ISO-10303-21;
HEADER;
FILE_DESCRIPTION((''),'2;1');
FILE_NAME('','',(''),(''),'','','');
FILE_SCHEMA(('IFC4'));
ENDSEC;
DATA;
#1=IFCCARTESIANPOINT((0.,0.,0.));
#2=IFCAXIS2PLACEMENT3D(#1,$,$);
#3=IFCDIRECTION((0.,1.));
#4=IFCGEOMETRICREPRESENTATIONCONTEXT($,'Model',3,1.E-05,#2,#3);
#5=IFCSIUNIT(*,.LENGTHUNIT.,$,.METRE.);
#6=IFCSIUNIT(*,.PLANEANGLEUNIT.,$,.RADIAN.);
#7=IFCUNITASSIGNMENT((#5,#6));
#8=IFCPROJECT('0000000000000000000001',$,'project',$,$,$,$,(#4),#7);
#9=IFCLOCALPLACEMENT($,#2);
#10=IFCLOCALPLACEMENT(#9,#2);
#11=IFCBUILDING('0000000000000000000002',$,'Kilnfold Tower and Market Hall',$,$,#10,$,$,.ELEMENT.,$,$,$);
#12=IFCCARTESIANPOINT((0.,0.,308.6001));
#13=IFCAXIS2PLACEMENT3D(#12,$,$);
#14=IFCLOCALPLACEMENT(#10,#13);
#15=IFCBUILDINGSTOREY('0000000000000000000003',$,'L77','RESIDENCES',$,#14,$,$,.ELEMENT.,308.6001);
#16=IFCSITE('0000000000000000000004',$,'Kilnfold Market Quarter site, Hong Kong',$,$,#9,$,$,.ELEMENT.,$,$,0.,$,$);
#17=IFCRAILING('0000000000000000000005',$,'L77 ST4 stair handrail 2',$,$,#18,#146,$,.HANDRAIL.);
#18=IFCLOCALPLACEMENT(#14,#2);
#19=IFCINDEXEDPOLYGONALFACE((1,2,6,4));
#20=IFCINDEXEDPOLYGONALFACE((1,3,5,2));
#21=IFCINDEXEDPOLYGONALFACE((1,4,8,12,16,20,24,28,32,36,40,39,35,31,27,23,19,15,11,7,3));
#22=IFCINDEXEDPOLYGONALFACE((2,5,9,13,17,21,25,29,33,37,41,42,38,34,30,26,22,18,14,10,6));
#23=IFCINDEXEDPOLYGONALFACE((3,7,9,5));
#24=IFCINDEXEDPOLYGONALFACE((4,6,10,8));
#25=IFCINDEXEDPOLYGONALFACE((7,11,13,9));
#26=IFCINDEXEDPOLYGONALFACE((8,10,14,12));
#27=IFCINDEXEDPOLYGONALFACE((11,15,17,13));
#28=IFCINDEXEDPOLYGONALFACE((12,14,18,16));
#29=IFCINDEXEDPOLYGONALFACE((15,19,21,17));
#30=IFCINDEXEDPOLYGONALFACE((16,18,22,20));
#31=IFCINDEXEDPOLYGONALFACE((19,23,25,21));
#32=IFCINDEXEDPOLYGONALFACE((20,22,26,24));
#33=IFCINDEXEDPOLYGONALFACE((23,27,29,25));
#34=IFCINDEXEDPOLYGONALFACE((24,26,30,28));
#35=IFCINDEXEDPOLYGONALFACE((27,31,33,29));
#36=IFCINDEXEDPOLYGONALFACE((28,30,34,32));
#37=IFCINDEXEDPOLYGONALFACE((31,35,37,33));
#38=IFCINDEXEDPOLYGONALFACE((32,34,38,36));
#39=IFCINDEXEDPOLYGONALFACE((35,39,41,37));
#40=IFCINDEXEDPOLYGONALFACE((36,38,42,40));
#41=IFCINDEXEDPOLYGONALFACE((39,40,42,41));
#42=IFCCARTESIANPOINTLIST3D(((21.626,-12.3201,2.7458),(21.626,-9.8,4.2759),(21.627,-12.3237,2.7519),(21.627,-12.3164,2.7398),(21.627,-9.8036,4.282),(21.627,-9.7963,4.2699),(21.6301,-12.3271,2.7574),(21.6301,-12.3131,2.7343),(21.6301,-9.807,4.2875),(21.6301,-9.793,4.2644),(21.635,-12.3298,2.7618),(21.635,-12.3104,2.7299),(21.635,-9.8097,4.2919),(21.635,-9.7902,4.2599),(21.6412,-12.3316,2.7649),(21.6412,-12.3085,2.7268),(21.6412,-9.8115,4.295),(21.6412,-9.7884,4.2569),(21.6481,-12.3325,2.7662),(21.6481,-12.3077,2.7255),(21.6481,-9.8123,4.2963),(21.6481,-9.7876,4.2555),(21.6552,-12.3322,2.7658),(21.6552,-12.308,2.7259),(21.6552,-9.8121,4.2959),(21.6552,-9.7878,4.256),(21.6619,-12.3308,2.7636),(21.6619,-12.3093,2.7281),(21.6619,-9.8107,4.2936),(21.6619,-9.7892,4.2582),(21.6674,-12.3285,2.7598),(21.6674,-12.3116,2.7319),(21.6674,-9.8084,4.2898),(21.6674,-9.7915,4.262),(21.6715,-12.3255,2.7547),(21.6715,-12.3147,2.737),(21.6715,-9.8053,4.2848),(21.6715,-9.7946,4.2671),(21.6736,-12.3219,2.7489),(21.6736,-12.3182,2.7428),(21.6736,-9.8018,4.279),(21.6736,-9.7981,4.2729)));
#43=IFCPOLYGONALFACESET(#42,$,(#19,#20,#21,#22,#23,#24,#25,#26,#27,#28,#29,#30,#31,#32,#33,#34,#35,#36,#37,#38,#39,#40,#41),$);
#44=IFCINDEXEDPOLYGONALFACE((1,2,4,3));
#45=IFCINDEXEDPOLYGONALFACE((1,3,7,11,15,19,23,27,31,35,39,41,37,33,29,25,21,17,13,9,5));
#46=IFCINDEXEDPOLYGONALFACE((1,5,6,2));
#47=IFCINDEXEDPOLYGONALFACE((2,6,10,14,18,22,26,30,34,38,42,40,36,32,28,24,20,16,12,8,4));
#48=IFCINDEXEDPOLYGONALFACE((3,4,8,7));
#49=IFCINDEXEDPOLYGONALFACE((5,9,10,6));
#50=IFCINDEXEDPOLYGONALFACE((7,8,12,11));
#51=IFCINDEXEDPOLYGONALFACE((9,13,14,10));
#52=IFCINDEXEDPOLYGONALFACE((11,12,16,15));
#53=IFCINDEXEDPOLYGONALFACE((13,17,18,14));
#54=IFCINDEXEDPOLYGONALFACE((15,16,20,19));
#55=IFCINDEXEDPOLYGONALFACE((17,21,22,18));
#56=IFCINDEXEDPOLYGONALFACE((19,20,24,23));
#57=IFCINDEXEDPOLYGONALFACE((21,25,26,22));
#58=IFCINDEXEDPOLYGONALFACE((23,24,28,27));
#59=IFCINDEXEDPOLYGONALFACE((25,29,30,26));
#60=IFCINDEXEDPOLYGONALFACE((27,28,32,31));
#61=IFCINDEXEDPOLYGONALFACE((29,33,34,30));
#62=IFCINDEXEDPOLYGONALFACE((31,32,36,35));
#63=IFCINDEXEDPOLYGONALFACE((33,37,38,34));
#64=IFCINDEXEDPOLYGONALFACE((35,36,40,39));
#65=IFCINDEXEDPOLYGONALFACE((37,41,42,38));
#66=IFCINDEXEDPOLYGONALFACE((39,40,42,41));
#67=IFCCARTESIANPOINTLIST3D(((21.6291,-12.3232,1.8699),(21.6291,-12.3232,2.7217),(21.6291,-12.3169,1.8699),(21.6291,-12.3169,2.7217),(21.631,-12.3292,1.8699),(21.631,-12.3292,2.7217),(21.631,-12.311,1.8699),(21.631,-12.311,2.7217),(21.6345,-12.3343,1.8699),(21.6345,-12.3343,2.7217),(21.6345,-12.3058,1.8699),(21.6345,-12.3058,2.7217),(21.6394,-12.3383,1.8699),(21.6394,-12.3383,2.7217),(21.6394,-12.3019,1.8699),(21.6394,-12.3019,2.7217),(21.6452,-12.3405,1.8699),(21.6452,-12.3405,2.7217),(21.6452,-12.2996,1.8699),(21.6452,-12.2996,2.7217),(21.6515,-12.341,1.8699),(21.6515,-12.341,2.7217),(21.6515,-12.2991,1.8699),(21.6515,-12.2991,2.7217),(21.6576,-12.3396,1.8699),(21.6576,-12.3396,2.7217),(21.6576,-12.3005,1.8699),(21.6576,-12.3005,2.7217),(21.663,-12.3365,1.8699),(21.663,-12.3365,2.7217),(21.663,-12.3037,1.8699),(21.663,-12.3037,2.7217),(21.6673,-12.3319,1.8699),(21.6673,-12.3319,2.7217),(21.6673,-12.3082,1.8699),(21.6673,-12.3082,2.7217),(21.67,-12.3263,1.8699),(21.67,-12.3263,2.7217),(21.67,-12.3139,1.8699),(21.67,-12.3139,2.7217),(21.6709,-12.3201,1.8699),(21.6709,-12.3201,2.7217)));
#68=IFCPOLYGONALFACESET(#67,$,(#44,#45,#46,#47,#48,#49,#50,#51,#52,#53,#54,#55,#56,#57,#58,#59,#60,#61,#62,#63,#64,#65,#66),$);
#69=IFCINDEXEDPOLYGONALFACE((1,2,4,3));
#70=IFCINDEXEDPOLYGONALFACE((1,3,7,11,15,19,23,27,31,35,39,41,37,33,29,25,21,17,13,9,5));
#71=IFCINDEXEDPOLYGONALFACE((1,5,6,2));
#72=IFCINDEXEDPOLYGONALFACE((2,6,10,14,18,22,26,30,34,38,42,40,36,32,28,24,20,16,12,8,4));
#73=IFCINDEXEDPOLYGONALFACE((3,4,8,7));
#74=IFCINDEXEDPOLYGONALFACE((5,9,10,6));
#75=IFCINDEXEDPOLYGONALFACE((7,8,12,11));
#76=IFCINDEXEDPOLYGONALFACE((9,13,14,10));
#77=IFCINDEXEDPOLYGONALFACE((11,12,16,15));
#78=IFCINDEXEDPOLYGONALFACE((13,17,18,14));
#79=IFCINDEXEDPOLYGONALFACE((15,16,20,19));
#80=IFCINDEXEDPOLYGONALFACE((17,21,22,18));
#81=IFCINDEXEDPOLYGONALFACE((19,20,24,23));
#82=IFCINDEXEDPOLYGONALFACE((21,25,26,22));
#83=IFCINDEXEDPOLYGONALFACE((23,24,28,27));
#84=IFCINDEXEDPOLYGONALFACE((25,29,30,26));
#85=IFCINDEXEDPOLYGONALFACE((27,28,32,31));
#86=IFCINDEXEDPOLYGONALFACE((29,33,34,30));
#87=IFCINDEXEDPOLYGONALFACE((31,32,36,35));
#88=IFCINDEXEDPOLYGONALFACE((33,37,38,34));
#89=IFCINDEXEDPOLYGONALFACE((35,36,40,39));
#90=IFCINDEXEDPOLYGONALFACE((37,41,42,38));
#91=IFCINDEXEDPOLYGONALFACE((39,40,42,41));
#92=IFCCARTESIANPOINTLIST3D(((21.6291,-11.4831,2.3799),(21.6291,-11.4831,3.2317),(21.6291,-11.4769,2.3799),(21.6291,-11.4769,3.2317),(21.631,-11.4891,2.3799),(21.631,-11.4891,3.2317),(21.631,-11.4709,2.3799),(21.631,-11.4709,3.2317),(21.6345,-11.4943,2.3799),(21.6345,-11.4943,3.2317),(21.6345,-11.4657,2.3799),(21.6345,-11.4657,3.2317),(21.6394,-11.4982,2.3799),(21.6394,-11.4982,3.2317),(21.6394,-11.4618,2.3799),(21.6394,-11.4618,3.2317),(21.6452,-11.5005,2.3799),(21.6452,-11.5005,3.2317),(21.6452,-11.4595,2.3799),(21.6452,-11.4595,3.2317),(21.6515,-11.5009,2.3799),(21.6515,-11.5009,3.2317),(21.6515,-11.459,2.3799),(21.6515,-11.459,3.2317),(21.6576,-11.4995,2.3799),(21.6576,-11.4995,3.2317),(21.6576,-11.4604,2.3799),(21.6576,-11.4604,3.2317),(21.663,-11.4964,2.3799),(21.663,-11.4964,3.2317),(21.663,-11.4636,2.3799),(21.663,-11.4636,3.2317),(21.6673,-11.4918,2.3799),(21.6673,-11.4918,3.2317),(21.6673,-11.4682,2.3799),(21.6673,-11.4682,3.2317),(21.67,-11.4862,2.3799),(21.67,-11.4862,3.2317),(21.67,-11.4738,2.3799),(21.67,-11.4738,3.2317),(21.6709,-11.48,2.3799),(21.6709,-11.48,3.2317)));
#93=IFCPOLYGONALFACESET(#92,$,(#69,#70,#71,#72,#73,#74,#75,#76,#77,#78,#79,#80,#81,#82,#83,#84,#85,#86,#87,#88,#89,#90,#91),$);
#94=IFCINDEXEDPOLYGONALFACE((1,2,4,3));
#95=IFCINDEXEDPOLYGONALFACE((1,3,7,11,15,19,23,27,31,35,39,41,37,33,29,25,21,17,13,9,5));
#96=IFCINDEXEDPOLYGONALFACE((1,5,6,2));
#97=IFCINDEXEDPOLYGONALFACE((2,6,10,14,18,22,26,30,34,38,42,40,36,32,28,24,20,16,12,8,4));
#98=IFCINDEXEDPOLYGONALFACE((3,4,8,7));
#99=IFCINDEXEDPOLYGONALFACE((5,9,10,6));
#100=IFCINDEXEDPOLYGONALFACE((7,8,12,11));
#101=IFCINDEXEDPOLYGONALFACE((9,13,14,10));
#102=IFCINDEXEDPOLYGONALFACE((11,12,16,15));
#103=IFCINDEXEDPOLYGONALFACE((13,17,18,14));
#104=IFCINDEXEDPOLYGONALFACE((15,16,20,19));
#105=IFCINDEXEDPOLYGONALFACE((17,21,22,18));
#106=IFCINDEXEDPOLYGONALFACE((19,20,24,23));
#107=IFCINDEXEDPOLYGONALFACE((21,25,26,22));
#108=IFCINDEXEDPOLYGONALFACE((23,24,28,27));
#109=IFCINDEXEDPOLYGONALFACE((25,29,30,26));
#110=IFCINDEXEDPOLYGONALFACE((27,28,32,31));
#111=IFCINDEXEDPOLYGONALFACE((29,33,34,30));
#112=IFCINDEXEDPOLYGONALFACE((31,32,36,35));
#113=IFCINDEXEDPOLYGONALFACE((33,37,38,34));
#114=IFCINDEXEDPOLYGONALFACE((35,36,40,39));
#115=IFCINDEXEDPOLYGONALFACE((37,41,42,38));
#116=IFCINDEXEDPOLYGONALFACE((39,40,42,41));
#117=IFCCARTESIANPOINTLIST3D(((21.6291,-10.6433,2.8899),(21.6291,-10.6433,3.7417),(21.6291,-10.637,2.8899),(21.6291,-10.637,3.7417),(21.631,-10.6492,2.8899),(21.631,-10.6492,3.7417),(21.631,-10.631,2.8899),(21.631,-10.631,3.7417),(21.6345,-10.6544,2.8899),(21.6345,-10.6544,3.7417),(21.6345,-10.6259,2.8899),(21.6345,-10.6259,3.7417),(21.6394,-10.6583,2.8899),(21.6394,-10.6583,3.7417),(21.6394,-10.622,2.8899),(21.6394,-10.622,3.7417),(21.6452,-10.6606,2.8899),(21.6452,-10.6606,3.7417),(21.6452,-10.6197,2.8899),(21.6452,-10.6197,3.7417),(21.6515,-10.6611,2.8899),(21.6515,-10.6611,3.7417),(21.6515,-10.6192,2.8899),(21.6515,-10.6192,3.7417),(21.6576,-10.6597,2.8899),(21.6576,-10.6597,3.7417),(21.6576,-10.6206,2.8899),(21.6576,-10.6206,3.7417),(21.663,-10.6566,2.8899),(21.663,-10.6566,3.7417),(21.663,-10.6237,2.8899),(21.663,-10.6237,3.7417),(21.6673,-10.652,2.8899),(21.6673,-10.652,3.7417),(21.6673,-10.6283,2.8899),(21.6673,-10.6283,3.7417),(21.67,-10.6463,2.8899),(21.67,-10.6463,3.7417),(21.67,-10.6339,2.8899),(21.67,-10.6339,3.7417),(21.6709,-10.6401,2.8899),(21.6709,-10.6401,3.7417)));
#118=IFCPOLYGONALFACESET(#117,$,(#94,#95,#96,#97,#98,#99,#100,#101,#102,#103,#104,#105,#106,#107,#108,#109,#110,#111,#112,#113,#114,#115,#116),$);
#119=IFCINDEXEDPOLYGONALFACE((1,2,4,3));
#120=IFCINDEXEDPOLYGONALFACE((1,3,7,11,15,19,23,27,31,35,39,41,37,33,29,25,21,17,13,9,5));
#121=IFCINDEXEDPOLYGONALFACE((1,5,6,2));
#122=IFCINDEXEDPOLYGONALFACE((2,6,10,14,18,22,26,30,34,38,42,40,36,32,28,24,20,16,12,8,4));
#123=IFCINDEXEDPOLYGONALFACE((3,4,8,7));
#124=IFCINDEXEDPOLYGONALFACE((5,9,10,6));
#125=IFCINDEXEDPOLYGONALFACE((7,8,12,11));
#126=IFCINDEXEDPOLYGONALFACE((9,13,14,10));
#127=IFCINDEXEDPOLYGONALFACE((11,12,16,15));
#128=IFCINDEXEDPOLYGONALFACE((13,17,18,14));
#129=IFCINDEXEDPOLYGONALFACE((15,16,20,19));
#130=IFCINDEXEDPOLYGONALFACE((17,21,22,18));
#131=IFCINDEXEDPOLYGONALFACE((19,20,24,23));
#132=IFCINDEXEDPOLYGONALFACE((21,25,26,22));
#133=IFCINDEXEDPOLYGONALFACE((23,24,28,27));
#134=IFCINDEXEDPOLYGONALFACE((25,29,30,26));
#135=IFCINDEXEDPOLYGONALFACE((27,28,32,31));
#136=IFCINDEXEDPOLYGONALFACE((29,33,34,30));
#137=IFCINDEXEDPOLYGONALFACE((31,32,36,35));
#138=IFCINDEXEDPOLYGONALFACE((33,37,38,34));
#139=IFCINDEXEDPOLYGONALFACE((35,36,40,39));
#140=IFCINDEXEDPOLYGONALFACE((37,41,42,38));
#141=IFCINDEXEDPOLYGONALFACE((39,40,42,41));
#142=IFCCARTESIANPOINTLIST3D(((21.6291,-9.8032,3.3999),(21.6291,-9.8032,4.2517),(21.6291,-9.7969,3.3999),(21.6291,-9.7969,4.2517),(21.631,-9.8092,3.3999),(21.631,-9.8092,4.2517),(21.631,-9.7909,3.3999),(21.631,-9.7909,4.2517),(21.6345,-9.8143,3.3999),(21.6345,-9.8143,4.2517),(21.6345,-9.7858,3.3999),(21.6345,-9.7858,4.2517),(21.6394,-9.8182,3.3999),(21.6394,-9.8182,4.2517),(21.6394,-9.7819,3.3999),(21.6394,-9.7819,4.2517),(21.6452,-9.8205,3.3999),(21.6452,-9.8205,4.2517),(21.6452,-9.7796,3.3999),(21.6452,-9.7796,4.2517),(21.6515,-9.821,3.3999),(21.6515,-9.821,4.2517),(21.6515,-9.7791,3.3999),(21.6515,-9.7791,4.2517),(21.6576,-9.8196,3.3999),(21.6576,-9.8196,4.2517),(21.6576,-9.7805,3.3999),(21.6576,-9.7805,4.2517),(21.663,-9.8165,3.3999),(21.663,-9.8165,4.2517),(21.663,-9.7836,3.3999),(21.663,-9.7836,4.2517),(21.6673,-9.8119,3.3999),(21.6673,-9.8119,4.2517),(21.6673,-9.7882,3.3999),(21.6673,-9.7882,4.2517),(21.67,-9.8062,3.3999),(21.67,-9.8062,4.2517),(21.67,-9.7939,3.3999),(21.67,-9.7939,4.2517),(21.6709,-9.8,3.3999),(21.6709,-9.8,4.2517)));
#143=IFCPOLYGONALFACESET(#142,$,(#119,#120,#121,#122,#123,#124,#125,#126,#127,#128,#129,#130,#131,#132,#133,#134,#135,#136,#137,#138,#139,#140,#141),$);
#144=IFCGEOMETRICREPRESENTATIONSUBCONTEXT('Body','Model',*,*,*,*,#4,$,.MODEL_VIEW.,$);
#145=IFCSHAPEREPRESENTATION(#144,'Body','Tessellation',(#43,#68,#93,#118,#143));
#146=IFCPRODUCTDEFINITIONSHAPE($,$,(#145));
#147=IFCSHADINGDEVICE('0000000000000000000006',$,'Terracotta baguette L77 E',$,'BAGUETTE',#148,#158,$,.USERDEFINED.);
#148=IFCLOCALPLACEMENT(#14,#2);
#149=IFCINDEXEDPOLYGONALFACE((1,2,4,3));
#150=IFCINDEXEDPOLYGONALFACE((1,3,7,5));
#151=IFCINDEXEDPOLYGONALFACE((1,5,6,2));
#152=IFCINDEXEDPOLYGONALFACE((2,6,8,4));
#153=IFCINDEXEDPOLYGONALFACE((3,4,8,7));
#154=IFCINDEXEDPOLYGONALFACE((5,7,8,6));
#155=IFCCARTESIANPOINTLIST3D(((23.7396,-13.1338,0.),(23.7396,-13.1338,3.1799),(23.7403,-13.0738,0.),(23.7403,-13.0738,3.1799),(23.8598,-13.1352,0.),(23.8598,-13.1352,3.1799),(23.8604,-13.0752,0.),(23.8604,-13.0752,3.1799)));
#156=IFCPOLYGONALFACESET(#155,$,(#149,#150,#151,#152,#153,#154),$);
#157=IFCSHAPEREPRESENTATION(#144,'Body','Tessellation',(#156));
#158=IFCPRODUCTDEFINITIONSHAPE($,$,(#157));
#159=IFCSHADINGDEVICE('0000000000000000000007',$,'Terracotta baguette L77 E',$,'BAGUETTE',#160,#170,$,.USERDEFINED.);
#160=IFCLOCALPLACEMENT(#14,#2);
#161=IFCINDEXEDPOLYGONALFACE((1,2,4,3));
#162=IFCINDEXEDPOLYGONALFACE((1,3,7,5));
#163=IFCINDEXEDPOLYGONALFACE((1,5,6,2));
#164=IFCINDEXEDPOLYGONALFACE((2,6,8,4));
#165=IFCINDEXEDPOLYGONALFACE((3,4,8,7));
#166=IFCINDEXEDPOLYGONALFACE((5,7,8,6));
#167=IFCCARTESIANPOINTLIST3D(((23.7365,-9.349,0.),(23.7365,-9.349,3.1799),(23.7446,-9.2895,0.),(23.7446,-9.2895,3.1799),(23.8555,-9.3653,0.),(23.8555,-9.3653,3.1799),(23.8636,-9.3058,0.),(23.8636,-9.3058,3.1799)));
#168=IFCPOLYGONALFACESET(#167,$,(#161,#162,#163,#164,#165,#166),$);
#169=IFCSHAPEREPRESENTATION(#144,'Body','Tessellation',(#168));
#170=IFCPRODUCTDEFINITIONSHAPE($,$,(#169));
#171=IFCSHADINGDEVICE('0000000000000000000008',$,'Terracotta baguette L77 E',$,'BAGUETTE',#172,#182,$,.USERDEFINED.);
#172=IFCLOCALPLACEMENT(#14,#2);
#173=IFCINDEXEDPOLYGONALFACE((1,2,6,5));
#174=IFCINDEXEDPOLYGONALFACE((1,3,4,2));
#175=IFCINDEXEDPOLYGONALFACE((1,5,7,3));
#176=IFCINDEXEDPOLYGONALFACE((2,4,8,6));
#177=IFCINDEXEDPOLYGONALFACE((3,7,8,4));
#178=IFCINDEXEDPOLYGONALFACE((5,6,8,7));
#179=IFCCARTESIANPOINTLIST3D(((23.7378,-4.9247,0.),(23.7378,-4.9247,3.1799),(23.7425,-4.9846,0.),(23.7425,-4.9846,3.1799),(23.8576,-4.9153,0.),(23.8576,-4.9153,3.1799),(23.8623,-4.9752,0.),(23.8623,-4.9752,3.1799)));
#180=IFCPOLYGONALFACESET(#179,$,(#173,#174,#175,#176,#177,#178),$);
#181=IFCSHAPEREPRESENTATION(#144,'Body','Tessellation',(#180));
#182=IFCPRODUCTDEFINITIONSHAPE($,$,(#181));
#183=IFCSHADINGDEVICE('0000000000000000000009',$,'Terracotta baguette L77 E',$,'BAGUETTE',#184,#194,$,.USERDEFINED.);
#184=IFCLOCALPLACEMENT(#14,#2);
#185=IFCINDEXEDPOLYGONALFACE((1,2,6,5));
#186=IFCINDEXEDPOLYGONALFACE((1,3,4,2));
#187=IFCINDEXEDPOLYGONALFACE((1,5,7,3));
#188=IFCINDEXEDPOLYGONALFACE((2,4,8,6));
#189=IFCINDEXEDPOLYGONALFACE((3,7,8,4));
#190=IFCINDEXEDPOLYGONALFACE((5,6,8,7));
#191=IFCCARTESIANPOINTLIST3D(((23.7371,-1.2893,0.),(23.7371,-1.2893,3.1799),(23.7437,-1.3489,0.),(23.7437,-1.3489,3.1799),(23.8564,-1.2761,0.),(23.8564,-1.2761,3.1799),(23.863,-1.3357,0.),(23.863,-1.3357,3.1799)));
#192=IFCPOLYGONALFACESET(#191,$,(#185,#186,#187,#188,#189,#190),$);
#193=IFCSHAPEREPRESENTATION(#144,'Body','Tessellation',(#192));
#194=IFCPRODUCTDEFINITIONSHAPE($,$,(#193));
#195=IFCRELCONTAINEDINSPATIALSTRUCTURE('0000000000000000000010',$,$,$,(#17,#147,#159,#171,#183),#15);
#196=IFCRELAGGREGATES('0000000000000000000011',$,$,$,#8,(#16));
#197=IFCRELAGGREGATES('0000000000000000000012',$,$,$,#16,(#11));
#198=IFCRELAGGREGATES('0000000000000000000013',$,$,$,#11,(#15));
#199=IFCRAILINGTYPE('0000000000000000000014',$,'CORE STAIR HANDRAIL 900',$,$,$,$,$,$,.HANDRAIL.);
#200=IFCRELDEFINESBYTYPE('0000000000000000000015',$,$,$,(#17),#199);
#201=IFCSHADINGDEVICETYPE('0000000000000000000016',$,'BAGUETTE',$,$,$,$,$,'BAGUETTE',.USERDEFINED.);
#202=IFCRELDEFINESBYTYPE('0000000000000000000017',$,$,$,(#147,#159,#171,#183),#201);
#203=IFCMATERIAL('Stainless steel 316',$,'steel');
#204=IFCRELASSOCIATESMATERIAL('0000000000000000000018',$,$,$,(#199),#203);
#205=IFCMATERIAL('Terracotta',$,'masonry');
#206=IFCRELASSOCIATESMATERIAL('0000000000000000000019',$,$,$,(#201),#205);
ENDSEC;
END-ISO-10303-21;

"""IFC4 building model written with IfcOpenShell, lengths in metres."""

from ifc_helpers import new_model, si_unit, direction, frame, origin, origin_2d, place, context, subcontext, project, spatial, rectangle, circle, extrude, source, transform, mapped, material, material_profile, profile_set, type_object, element, save


model = new_model("IFC4")

# Units and contexts
model_context = context("Model", 3, precision=1e-05, world=origin(), true_north=direction((0.0, 1.0)))
body_context = subcontext(model_context, "Body", "Model", "MODEL_VIEW")
ifc_project = project(units=[si_unit("LENGTHUNIT", "METRE"), si_unit("PLANEANGLEUNIT", "RADIAN")], contexts=[model_context])

# Site, building, storey
site_placement = place(None, origin())
site = spatial("IfcSite", under=ifc_project, at=site_placement, Name="Kilnfold Market Quarter site, Hong Kong", CompositionType="ELEMENT", RefElevation=0.0)
building_placement = place(site_placement, origin())
building = spatial("IfcBuilding", under=site, at=building_placement, Name="Kilnfold Tower and Market Hall", CompositionType="ELEMENT")
storey_placement = place(building_placement, frame((0.0, 0.0, 308.6001)))
storey = spatial("IfcBuildingStorey", under=building, at=storey_placement, Name="L77", Description="RESIDENCES", CompositionType="ELEMENT", Elevation=308.6001)

# Railing
ifc_material_1 = material(Name="Stainless steel 316", Category="steel")
railing_type_1 = type_object("IfcRailingType", Name="CORE STAIR HANDRAIL 900", PredefinedType="HANDRAIL", material=ifc_material_1)
railing_1_placement = place(storey_placement, frame((21.6499, -12.3201, 1.8699)))
element("IfcRailing", 1, at=railing_1_placement, inside=storey, type_object=railing_type_1, Name="L77 ST4 stair handrail 2", PredefinedType="HANDRAIL", context=body_context, shape_type="SweptSolid", body=[
    extrude(circle(Radius=0.0239, at=origin_2d()), frame((0.0, 0.0, 0.876), z_axis=(0.0, 0.854785, 0.518982), x_axis=(-1.0, 0.0, 0.0)), (0.0, 0.0, 1.0), 2.9482),
    extrude(circle(Radius=0.021, at=origin_2d()), origin(), (0.0, 0.0, 1.0), 0.8518),
    extrude(circle(Radius=0.021, at=origin_2d()), frame((0.0, 0.8401, 0.51)), (0.0, 0.0, 1.0), 0.8518),
    extrude(circle(Radius=0.021, at=origin_2d()), frame((0.0, 1.6799, 1.02)), (0.0, 0.0, 1.0), 0.8518),
    extrude(circle(Radius=0.021, at=origin_2d()), frame((0.0, 2.52, 1.53)), (0.0, 0.0, 1.0), 0.8518),
])

# Shading devices
ifc_material_2 = material(Name="Terracotta", Category="masonry")
ifc_material_profile_1 = material_profile(ifc_material_2, rectangle(XDim=0.0601, YDim=0.1201, at=origin_2d()), Name="BAG 60x120")
ifc_profile_set_1 = profile_set([ifc_material_profile_1], Name="Terracotta")
shading_device_type = type_object("IfcShadingDeviceType", Name="BAGUETTE", ElementType="BAGUETTE", PredefinedType="USERDEFINED", material=ifc_profile_set_1)
shared_shape_1 = source(origin(), body_context, "Body", "SweptSolid", [
    extrude(rectangle(XDim=0.0601, YDim=0.1201, at=origin_2d()), origin(), (0.0, 0.0, 1.0), 3.1799),
])
for number, where, z_axis, x_axis, name in (
    (2, (23.8, -13.1045, 0.0), (0.0, 0.0, 1.0), (0.01147, 0.999934, 0.0), "Terracotta baguette L77 E"),
    (3, (23.8, -9.3274, 0.0), (0.0, 0.0, 1.0), (0.136231, 0.990677, 0.0), "Terracotta baguette L77 E"),
    (4, (23.8, -4.95, 0.0), (0.0, 0.0, 1.0), (-0.0788, 0.99689, 0.0), "Terracotta baguette L77 E"),
    (5, (23.8, -1.3125, 0.0), (0.0, 0.0, 1.0), (-0.109903, 0.993942, 0.0), "Terracotta baguette L77 E"),
):
    element("IfcShadingDevice", number, at=place(storey_placement, frame(where, z_axis=z_axis, x_axis=x_axis)), inside=storey, type_object=shading_device_type, Name=name, ObjectType="BAGUETTE", PredefinedType="USERDEFINED", context=body_context, shape_type="MappedRepresentation", body=[
        mapped(shared_shape_1, transform((0.0, 0.0, 0.0))),
    ])

save(model, "model.ifc")
